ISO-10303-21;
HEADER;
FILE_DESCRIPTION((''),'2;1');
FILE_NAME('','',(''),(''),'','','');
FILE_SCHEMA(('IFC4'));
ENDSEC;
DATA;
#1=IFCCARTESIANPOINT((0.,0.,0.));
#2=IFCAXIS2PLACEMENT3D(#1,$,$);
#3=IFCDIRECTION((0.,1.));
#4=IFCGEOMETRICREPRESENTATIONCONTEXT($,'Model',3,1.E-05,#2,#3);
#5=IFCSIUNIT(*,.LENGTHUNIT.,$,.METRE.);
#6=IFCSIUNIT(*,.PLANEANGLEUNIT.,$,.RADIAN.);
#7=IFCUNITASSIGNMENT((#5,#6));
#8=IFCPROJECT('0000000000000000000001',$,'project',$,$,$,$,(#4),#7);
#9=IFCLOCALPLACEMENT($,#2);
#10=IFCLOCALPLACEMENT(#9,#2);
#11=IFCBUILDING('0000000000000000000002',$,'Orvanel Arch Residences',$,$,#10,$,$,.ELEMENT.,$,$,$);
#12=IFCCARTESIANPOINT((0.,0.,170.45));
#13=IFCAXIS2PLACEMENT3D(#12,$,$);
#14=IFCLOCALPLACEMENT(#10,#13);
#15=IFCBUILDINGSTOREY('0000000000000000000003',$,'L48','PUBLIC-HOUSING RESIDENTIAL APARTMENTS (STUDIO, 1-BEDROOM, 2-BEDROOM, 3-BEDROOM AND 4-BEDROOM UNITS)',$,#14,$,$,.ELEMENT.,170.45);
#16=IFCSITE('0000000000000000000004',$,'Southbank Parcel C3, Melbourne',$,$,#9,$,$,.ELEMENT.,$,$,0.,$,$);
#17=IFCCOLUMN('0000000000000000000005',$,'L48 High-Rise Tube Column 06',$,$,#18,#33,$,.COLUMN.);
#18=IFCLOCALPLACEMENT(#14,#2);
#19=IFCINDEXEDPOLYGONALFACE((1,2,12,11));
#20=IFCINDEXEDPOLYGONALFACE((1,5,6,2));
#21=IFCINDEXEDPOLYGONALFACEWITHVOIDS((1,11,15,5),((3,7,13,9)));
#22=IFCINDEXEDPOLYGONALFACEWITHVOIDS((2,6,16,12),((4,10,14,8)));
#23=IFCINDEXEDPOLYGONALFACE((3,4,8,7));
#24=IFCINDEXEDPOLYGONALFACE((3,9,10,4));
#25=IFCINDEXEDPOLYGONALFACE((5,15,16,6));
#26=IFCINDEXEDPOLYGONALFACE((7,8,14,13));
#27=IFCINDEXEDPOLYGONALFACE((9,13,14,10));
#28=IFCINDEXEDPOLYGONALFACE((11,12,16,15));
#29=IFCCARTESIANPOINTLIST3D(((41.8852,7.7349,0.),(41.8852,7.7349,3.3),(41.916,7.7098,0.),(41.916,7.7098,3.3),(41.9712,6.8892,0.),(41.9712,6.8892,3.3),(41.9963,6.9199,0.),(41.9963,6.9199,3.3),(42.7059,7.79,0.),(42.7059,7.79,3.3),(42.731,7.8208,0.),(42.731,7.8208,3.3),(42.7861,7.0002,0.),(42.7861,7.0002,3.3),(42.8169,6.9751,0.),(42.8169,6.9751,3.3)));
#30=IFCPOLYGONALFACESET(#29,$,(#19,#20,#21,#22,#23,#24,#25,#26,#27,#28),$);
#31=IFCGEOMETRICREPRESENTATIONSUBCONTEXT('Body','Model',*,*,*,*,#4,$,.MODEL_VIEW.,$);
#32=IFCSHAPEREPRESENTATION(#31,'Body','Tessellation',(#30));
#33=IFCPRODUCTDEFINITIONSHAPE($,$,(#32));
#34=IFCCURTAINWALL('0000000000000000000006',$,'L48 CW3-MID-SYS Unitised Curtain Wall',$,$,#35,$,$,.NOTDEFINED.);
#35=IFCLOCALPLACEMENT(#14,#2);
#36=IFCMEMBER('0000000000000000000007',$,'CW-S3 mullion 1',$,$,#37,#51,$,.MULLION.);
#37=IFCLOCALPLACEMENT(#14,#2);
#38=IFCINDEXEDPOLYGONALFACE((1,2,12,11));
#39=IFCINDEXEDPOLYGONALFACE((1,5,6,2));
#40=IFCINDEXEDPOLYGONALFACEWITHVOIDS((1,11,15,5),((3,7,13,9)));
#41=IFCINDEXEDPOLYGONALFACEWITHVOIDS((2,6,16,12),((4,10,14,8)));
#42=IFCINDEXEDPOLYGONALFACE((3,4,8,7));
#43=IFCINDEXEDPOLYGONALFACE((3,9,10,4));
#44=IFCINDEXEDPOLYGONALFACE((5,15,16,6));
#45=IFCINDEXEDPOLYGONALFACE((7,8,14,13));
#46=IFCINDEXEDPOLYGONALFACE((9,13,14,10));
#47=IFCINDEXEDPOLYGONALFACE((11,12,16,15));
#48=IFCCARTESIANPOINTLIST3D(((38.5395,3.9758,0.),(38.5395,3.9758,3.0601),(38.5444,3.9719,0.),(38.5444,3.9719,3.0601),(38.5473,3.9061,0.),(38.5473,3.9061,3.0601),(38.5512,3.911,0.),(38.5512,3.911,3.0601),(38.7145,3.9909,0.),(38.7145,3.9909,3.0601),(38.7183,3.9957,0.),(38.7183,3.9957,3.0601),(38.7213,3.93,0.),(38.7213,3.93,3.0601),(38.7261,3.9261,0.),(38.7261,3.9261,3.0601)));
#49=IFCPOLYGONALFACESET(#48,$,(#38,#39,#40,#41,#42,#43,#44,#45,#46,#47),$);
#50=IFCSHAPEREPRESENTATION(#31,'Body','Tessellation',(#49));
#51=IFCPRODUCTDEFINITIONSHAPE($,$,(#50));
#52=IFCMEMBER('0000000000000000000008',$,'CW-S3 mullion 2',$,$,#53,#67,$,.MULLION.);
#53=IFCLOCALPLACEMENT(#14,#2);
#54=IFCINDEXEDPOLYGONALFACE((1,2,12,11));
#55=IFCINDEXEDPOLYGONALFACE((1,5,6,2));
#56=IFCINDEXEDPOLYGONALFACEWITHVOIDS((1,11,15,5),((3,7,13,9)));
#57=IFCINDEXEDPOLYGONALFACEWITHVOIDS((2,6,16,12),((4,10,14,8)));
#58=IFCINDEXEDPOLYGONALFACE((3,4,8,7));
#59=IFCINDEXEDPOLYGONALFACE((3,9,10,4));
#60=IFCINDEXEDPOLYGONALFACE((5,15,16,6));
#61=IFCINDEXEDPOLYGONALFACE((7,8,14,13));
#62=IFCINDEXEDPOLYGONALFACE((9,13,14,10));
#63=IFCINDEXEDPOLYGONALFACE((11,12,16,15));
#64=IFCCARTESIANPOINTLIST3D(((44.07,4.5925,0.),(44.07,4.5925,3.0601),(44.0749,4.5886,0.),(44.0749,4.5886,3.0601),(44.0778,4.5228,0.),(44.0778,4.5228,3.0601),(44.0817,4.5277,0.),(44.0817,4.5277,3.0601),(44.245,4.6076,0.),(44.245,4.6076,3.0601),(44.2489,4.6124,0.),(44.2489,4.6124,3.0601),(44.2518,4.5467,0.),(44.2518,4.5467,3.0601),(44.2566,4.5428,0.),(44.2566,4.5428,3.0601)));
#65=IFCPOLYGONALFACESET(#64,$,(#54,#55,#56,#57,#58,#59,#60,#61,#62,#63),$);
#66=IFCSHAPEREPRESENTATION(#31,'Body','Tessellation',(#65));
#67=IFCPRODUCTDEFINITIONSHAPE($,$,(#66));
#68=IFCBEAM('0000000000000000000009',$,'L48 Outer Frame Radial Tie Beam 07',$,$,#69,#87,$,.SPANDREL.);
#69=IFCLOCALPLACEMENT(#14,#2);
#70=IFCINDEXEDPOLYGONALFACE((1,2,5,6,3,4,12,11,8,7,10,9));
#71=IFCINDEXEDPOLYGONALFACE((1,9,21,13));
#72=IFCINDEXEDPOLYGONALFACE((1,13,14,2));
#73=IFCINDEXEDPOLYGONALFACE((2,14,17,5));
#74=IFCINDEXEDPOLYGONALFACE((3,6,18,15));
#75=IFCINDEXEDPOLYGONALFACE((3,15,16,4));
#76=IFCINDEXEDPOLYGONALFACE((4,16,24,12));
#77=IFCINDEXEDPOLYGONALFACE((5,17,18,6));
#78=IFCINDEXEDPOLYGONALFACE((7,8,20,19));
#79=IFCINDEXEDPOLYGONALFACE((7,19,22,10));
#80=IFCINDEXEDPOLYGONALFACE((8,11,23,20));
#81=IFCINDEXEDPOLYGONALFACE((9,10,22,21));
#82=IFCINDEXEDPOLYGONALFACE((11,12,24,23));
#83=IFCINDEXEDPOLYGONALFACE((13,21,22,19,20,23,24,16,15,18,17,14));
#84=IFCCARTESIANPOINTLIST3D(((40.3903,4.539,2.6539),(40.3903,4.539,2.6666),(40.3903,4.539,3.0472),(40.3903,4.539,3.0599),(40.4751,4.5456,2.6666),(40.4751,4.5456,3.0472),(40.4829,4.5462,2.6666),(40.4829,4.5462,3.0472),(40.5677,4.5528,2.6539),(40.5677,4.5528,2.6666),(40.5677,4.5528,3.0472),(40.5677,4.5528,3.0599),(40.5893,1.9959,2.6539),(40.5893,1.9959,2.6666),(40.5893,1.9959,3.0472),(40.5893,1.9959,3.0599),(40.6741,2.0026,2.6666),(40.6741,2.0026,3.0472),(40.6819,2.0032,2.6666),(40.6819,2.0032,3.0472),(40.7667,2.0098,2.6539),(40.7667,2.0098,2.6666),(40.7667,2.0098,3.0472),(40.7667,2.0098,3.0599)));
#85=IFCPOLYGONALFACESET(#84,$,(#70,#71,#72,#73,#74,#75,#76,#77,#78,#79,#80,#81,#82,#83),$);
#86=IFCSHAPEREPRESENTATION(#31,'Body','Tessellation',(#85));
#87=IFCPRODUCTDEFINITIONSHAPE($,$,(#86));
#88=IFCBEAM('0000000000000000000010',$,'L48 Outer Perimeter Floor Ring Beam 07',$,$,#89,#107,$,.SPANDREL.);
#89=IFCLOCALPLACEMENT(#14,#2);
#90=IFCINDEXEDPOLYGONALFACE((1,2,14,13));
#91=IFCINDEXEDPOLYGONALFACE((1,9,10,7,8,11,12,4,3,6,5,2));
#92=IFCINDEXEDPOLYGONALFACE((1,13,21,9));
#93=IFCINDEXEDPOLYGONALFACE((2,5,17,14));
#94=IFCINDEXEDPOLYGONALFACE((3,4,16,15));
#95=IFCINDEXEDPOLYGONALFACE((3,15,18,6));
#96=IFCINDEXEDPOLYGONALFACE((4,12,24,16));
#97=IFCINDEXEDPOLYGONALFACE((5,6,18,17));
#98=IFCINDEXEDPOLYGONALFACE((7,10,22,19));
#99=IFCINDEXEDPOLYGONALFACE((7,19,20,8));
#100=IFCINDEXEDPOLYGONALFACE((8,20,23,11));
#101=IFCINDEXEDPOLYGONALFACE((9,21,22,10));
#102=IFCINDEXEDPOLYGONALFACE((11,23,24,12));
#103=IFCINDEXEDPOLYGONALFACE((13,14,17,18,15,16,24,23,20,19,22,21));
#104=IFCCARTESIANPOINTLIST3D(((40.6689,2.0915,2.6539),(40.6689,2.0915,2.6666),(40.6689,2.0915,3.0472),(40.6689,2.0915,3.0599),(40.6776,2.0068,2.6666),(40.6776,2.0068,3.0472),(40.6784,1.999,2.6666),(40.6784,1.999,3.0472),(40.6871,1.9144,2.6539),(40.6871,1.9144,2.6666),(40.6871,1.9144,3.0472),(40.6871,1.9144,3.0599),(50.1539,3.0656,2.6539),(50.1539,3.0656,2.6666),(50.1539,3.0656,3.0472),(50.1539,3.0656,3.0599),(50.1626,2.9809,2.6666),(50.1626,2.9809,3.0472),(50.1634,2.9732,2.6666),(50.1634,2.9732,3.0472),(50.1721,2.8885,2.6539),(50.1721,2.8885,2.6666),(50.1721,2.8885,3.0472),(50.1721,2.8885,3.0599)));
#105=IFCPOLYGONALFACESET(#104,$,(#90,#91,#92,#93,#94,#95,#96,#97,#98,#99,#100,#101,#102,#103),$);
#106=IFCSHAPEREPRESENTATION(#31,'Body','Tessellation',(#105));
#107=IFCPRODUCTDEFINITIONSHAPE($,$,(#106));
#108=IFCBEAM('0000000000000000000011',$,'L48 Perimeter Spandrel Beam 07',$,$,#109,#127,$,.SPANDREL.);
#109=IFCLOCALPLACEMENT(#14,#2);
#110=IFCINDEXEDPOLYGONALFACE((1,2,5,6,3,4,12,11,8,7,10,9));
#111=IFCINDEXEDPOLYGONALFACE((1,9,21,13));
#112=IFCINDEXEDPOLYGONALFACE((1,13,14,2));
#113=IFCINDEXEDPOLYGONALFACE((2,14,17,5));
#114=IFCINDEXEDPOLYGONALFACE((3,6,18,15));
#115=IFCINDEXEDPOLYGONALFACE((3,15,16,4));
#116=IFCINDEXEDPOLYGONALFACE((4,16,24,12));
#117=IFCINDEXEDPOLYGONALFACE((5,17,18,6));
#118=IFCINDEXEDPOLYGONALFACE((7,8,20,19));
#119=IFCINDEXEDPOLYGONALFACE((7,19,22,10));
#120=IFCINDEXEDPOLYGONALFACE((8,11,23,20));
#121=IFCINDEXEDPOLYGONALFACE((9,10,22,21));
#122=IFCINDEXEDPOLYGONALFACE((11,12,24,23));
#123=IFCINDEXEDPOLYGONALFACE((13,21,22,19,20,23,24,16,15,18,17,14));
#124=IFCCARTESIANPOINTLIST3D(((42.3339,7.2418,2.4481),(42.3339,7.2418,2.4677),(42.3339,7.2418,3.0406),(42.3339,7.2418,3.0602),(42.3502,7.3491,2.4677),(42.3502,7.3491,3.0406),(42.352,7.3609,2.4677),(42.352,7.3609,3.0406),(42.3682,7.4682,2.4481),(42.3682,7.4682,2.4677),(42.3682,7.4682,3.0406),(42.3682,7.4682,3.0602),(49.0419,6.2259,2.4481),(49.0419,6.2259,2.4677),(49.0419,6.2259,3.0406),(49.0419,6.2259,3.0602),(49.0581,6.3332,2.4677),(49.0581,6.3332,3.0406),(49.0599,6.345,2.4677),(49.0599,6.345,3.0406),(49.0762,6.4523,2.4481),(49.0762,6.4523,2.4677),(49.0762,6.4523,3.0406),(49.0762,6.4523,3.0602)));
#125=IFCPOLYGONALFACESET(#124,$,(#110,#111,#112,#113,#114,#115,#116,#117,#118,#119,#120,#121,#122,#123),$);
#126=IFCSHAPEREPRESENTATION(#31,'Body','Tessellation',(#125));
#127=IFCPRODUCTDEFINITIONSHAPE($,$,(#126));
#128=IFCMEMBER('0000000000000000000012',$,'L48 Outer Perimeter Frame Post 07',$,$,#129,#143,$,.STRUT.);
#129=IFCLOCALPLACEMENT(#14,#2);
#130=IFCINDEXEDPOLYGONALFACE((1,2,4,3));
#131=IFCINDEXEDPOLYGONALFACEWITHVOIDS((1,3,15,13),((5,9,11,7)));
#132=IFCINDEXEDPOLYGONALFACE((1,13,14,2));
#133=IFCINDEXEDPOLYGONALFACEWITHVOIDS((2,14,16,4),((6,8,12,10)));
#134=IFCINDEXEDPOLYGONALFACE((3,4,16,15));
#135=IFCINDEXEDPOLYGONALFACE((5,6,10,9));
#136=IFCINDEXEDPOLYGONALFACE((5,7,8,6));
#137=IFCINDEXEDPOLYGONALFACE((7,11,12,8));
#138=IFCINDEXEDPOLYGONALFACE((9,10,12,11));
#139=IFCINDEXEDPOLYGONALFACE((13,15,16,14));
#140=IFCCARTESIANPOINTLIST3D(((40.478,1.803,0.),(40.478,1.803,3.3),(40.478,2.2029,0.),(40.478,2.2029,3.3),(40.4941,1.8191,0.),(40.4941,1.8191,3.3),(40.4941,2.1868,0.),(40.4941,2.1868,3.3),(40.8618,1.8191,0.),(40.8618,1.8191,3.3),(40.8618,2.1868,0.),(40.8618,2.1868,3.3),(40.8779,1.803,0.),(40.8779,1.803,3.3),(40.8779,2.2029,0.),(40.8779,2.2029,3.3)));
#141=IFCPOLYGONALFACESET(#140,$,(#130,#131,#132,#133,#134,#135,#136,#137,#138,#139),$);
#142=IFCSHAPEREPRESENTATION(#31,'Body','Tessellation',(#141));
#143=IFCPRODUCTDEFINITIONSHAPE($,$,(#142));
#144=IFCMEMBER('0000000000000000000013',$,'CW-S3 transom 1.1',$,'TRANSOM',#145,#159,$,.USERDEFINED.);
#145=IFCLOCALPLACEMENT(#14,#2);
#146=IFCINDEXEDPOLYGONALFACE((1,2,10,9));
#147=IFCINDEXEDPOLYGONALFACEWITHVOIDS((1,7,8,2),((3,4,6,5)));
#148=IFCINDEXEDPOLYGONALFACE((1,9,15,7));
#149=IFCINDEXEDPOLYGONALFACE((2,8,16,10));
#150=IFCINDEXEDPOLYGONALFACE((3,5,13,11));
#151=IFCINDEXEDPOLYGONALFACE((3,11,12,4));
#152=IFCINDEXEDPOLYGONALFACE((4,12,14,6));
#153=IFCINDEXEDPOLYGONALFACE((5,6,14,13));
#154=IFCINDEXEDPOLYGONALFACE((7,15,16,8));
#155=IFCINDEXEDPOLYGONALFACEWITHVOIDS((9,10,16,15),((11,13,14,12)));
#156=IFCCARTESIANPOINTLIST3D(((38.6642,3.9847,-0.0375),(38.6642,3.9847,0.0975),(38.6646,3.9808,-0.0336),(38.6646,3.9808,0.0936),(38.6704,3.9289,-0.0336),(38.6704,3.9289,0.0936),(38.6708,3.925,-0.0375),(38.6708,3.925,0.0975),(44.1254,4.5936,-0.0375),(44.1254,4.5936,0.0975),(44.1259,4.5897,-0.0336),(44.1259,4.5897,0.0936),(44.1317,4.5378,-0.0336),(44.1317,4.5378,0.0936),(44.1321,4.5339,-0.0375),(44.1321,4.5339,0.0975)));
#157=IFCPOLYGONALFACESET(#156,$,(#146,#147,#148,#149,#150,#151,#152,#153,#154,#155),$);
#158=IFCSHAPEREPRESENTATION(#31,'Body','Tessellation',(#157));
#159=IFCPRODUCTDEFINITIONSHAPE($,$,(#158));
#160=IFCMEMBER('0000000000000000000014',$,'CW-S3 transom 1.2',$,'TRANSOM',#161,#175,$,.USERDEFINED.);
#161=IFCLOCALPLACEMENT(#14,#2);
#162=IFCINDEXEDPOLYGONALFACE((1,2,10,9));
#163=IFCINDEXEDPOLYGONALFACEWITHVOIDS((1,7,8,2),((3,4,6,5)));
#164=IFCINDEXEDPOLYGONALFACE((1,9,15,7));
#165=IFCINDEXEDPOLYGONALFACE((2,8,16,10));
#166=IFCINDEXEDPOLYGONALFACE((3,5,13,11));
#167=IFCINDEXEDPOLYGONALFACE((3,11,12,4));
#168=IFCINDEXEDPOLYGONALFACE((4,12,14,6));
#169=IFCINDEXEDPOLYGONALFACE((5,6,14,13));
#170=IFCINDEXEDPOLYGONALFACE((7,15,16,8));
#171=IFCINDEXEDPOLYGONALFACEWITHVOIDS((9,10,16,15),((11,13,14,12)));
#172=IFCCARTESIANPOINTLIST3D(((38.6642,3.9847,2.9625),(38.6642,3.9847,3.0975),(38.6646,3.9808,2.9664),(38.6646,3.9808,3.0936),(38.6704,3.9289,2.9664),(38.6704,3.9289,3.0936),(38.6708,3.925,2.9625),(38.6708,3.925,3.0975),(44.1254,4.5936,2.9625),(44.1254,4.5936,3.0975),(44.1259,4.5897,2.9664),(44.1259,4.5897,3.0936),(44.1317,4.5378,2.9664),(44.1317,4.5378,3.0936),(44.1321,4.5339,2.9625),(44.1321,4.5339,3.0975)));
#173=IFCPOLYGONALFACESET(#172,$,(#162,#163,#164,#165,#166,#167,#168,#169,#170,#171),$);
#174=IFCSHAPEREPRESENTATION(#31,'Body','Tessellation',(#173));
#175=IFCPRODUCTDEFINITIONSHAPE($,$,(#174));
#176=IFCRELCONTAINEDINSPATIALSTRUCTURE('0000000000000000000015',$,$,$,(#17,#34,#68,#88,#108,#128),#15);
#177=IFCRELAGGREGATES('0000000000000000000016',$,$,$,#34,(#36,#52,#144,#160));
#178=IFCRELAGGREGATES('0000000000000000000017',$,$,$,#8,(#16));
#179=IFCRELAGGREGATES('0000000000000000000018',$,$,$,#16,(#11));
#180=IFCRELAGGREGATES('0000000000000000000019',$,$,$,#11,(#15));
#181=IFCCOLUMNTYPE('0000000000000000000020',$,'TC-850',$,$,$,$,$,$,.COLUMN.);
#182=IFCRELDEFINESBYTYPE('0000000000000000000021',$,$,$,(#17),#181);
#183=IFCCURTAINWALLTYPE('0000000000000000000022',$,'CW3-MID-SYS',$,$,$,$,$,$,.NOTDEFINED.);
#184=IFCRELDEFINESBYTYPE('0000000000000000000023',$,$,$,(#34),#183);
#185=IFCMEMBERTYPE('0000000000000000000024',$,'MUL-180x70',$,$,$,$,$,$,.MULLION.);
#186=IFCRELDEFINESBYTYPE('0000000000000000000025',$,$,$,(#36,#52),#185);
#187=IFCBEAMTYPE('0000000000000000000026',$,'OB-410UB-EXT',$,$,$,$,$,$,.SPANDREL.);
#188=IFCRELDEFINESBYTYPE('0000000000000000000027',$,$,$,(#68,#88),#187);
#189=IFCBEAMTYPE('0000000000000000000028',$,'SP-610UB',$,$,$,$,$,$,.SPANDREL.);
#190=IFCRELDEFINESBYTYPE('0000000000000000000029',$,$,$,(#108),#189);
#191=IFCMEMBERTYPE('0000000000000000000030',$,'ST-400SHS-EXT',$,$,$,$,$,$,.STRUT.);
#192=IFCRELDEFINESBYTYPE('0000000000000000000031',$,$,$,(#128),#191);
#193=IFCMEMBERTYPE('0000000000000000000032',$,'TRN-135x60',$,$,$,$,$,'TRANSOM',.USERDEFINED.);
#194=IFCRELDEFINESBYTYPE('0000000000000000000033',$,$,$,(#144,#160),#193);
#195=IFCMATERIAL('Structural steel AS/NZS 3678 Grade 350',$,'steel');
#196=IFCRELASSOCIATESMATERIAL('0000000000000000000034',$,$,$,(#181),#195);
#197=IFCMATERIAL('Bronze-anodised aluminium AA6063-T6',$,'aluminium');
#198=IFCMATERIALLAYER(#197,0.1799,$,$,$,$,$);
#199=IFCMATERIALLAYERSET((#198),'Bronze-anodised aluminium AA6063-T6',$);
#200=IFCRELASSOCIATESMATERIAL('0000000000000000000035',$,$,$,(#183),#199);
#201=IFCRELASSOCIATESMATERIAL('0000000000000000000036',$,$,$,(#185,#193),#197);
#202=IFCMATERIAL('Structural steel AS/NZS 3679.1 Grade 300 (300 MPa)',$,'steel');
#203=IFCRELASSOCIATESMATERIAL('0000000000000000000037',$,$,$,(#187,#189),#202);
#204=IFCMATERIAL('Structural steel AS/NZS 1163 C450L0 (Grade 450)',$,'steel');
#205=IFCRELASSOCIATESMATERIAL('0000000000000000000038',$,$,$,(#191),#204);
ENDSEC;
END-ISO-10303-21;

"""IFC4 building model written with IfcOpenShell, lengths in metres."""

from ifc_helpers import new_model, si_unit, direction, frame, origin, origin_2d, place, context, subcontext, project, spatial, hollow_rectangle, i_section, extrude, material, layer, layer_set, material_profile, profile_set, type_object, element, aggregate, save


model = new_model("IFC4")

# Units and contexts
model_context = context("Model", 3, precision=1e-05, world=origin(), true_north=direction((0.0, 1.0)))
body_context = subcontext(model_context, "Body", "Model", "MODEL_VIEW")
ifc_project = project(units=[si_unit("LENGTHUNIT", "METRE"), si_unit("PLANEANGLEUNIT", "RADIAN")], contexts=[model_context])

# Site, building, storey
site_placement = place(None, origin())
site = spatial("IfcSite", under=ifc_project, at=site_placement, Name="Southbank Parcel C3, Melbourne", CompositionType="ELEMENT", RefElevation=0.0)
building_placement = place(site_placement, origin())
building = spatial("IfcBuilding", under=site, at=building_placement, Name="Orvanel Arch Residences", CompositionType="ELEMENT")
storey_placement = place(building_placement, frame((0.0, 0.0, 170.45)))
storey = spatial("IfcBuildingStorey", under=building, at=storey_placement, Name="L48", Description="PUBLIC-HOUSING RESIDENTIAL APARTMENTS (STUDIO, 1-BEDROOM, 2-BEDROOM, 3-BEDROOM AND 4-BEDROOM UNITS)", CompositionType="ELEMENT", Elevation=170.45)

# Column
ifc_material_1 = material(Name="Structural steel AS/NZS 3678 Grade 350", Category="steel")
ifc_material_profile_1 = material_profile(ifc_material_1, hollow_rectangle(XDim=0.8501, YDim=0.8501, WallThickness=0.0281, at=origin_2d()), Name="BOX850x850x28")
ifc_profile_set_1 = profile_set([ifc_material_profile_1], Name="Structural steel AS/NZS 3678 Grade 350")
column_type = type_object("IfcColumnType", Name="TC-850", PredefinedType="COLUMN", material=ifc_profile_set_1)
column_placement = place(storey_placement, frame((42.3511, 7.355, 0.0), z_axis=(0.0, 0.0, 1.0), x_axis=(0.994881, 0.101056, 0.0)))
element("IfcColumn", 1, at=column_placement, inside=storey, type_object=column_type, Name="L48 High-Rise Tube Column 06", PredefinedType="COLUMN", context=body_context, shape_type="SweptSolid", body=[
    extrude(hollow_rectangle(XDim=0.8501, YDim=0.8501, WallThickness=0.0281, at=origin_2d()), origin(), (0.0, 0.0, 1.0), 3.3),
])

# Curtain wall, members
ifc_material_2 = material(Name="Bronze-anodised aluminium AA6063-T6", Category="aluminium")
ifc_layer_1 = layer(ifc_material_2, 0.1799)
ifc_layer_set_1 = layer_set([ifc_layer_1], Name="Bronze-anodised aluminium AA6063-T6")
curtain_wall_type = type_object("IfcCurtainWallType", Name="CW3-MID-SYS", PredefinedType="NOTDEFINED", material=ifc_layer_set_1)
curtain_wall_placement = place(storey_placement, origin())
curtain_wall = element("IfcCurtainWall", 2, at=curtain_wall_placement, inside=storey, type_object=curtain_wall_type, Name="L48 CW3-MID-SYS Unitised Curtain Wall", PredefinedType="NOTDEFINED")
ifc_material_profile_2 = material_profile(ifc_material_2, hollow_rectangle(XDim=0.0701, YDim=0.1799, WallThickness=0.0044, at=origin_2d()), Name="ALU180x70x4.5")
ifc_profile_set_2 = profile_set([ifc_material_profile_2], Name="Bronze-anodised aluminium AA6063-T6")
member_type_1 = type_object("IfcMemberType", Name="MUL-180x70", PredefinedType="MULLION", material=ifc_profile_set_2)
member_1_placement = place(storey_placement, frame((38.6328, 3.9509, 0.0), z_axis=(0.0, 0.0, 1.0), x_axis=(-0.110837, 0.993839, 0.0)))
member_1 = element("IfcMember", 3, at=member_1_placement, type_object=member_type_1, Name="CW-S3 mullion 1", PredefinedType="MULLION", context=body_context, shape_type="SweptSolid", body=[
    extrude(hollow_rectangle(XDim=0.0701, YDim=0.1799, WallThickness=0.0044, at=origin_2d()), origin(), (0.0, 0.0, 1.0), 3.0601),
])
member_2_placement = place(storey_placement, frame((44.1633, 4.5676, 0.0), z_axis=(0.0, 0.0, 1.0), x_axis=(-0.110837, 0.993839, 0.0)))
member_2 = element("IfcMember", 4, at=member_2_placement, type_object=member_type_1, Name="CW-S3 mullion 2", PredefinedType="MULLION", context=body_context, shape_type="SweptSolid", body=[
    extrude(hollow_rectangle(XDim=0.0701, YDim=0.1799, WallThickness=0.0044, at=origin_2d()), origin(), (0.0, 0.0, 1.0), 3.0601),
])

# Beams
ifc_material_3 = material(Name="Structural steel AS/NZS 3679.1 Grade 300 (300 MPa)", Category="steel")
ifc_material_profile_3 = material_profile(ifc_material_3, i_section(OverallWidth=0.178, OverallDepth=0.406, WebThickness=0.0078, FlangeThickness=0.0127, at=origin_2d()), Name="410UB59.7")
ifc_profile_set_3 = profile_set([ifc_material_profile_3], Name="Structural steel AS/NZS 3679.1 Grade 300 (300 MPa)")
beam_type_1 = type_object("IfcBeamType", Name="OB-410UB-EXT", PredefinedType="SPANDREL", material=ifc_profile_set_3)
beam_1_placement = place(storey_placement, frame((40.479, 4.5459, 2.8569), z_axis=(0.078007, -0.996953, 0.0), x_axis=(0.996953, 0.078007, 0.0)))
element("IfcBeam", 5, at=beam_1_placement, inside=storey, type_object=beam_type_1, Name="L48 Outer Frame Radial Tie Beam 07", PredefinedType="SPANDREL", context=body_context, shape_type="SweptSolid", body=[
    extrude(i_section(OverallWidth=0.178, OverallDepth=0.406, WebThickness=0.0078, FlangeThickness=0.0127, at=origin_2d()), origin(), (0.0, 0.0, 1.0), 2.5508),
])
beam_2_placement = place(storey_placement, frame((40.678, 2.0029, 2.8569), z_axis=(0.994768, 0.102163, 0.0), x_axis=(-0.102163, 0.994768, 0.0)))
element("IfcBeam", 6, at=beam_2_placement, inside=storey, type_object=beam_type_1, Name="L48 Outer Perimeter Floor Ring Beam 07", PredefinedType="SPANDREL", context=body_context, shape_type="SweptSolid", body=[
    extrude(i_section(OverallWidth=0.178, OverallDepth=0.406, WebThickness=0.0078, FlangeThickness=0.0127, at=origin_2d()), origin(), (0.0, 0.0, 1.0), 9.5349),
])
ifc_material_profile_4 = material_profile(ifc_material_3, i_section(OverallWidth=0.229, OverallDepth=0.6121, WebThickness=0.012, FlangeThickness=0.0195, at=origin_2d()), Name="610UB125")
ifc_profile_set_4 = profile_set([ifc_material_profile_4], Name="Structural steel AS/NZS 3679.1 Grade 300 (300 MPa)")
beam_type_2 = type_object("IfcBeamType", Name="SP-610UB", PredefinedType="SPANDREL", material=ifc_profile_set_4)
beam_3_placement = place(storey_placement, frame((42.3511, 7.355, 2.7542), z_axis=(0.988726, -0.149734, 0.0), x_axis=(0.149734, 0.988726, 0.0)))
element("IfcBeam", 7, at=beam_3_placement, inside=storey, type_object=beam_type_2, Name="L48 Perimeter Spandrel Beam 07", PredefinedType="SPANDREL", context=body_context, shape_type="SweptSolid", body=[
    extrude(i_section(OverallWidth=0.229, OverallDepth=0.6121, WebThickness=0.012, FlangeThickness=0.0195, at=origin_2d()), origin(), (0.0, 0.0, 1.0), 6.7844),
])

# Members
ifc_material_4 = material(Name="Structural steel AS/NZS 1163 C450L0 (Grade 450)", Category="steel")
ifc_material_profile_5 = material_profile(ifc_material_4, hollow_rectangle(XDim=0.3999, YDim=0.3999, WallThickness=0.0161, at=origin_2d()), Name="SHS400x400x16")
ifc_profile_set_5 = profile_set([ifc_material_profile_5], Name="Structural steel AS/NZS 1163 C450L0 (Grade 450)")
member_type_2 = type_object("IfcMemberType", Name="ST-400SHS-EXT", PredefinedType="STRUT", material=ifc_profile_set_5)
member_3_placement = place(storey_placement, frame((40.678, 2.0029, 0.0), z_axis=(0.0, 0.0, 1.0), x_axis=(1.0, 0.0, 0.0)))
element("IfcMember", 8, at=member_3_placement, inside=storey, type_object=member_type_2, Name="L48 Outer Perimeter Frame Post 07", PredefinedType="STRUT", context=body_context, shape_type="SweptSolid", body=[
    extrude(hollow_rectangle(XDim=0.3999, YDim=0.3999, WallThickness=0.0161, at=origin_2d()), origin(), (0.0, 0.0, 1.0), 3.3),
])
ifc_material_profile_6 = material_profile(ifc_material_2, hollow_rectangle(XDim=0.0601, YDim=0.135, WallThickness=0.0039, at=origin_2d()), Name="ALU135x60x4")
ifc_profile_set_6 = profile_set([ifc_material_profile_6], Name="Bronze-anodised aluminium AA6063-T6")
member_type_3 = type_object("IfcMemberType", Name="TRN-135x60", ElementType="TRANSOM", PredefinedType="USERDEFINED", material=ifc_profile_set_6)
member_4_placement = place(storey_placement, frame((38.6675, 3.9548, 0.03), z_axis=(0.993842, 0.110807, 0.0), x_axis=(-0.110807, 0.993842, 0.0)))
member_4 = element("IfcMember", 9, at=member_4_placement, type_object=member_type_3, Name="CW-S3 transom 1.1", ObjectType="TRANSOM", PredefinedType="USERDEFINED", context=body_context, shape_type="SweptSolid", body=[
    extrude(hollow_rectangle(XDim=0.0601, YDim=0.135, WallThickness=0.0039, at=origin_2d()), origin(), (0.0, 0.0, 1.0), 5.4951),
])
member_5_placement = place(storey_placement, frame((38.6675, 3.9548, 3.03), z_axis=(0.993842, 0.110807, 0.0), x_axis=(-0.110807, 0.993842, 0.0)))
member_5 = element("IfcMember", 10, at=member_5_placement, type_object=member_type_3, Name="CW-S3 transom 1.2", ObjectType="TRANSOM", PredefinedType="USERDEFINED", context=body_context, shape_type="SweptSolid", body=[
    extrude(hollow_rectangle(XDim=0.0601, YDim=0.135, WallThickness=0.0039, at=origin_2d()), origin(), (0.0, 0.0, 1.0), 5.4951),
])

aggregate(curtain_wall, [member_1, member_2, member_4, member_5])

save(model, "model.ifc")
